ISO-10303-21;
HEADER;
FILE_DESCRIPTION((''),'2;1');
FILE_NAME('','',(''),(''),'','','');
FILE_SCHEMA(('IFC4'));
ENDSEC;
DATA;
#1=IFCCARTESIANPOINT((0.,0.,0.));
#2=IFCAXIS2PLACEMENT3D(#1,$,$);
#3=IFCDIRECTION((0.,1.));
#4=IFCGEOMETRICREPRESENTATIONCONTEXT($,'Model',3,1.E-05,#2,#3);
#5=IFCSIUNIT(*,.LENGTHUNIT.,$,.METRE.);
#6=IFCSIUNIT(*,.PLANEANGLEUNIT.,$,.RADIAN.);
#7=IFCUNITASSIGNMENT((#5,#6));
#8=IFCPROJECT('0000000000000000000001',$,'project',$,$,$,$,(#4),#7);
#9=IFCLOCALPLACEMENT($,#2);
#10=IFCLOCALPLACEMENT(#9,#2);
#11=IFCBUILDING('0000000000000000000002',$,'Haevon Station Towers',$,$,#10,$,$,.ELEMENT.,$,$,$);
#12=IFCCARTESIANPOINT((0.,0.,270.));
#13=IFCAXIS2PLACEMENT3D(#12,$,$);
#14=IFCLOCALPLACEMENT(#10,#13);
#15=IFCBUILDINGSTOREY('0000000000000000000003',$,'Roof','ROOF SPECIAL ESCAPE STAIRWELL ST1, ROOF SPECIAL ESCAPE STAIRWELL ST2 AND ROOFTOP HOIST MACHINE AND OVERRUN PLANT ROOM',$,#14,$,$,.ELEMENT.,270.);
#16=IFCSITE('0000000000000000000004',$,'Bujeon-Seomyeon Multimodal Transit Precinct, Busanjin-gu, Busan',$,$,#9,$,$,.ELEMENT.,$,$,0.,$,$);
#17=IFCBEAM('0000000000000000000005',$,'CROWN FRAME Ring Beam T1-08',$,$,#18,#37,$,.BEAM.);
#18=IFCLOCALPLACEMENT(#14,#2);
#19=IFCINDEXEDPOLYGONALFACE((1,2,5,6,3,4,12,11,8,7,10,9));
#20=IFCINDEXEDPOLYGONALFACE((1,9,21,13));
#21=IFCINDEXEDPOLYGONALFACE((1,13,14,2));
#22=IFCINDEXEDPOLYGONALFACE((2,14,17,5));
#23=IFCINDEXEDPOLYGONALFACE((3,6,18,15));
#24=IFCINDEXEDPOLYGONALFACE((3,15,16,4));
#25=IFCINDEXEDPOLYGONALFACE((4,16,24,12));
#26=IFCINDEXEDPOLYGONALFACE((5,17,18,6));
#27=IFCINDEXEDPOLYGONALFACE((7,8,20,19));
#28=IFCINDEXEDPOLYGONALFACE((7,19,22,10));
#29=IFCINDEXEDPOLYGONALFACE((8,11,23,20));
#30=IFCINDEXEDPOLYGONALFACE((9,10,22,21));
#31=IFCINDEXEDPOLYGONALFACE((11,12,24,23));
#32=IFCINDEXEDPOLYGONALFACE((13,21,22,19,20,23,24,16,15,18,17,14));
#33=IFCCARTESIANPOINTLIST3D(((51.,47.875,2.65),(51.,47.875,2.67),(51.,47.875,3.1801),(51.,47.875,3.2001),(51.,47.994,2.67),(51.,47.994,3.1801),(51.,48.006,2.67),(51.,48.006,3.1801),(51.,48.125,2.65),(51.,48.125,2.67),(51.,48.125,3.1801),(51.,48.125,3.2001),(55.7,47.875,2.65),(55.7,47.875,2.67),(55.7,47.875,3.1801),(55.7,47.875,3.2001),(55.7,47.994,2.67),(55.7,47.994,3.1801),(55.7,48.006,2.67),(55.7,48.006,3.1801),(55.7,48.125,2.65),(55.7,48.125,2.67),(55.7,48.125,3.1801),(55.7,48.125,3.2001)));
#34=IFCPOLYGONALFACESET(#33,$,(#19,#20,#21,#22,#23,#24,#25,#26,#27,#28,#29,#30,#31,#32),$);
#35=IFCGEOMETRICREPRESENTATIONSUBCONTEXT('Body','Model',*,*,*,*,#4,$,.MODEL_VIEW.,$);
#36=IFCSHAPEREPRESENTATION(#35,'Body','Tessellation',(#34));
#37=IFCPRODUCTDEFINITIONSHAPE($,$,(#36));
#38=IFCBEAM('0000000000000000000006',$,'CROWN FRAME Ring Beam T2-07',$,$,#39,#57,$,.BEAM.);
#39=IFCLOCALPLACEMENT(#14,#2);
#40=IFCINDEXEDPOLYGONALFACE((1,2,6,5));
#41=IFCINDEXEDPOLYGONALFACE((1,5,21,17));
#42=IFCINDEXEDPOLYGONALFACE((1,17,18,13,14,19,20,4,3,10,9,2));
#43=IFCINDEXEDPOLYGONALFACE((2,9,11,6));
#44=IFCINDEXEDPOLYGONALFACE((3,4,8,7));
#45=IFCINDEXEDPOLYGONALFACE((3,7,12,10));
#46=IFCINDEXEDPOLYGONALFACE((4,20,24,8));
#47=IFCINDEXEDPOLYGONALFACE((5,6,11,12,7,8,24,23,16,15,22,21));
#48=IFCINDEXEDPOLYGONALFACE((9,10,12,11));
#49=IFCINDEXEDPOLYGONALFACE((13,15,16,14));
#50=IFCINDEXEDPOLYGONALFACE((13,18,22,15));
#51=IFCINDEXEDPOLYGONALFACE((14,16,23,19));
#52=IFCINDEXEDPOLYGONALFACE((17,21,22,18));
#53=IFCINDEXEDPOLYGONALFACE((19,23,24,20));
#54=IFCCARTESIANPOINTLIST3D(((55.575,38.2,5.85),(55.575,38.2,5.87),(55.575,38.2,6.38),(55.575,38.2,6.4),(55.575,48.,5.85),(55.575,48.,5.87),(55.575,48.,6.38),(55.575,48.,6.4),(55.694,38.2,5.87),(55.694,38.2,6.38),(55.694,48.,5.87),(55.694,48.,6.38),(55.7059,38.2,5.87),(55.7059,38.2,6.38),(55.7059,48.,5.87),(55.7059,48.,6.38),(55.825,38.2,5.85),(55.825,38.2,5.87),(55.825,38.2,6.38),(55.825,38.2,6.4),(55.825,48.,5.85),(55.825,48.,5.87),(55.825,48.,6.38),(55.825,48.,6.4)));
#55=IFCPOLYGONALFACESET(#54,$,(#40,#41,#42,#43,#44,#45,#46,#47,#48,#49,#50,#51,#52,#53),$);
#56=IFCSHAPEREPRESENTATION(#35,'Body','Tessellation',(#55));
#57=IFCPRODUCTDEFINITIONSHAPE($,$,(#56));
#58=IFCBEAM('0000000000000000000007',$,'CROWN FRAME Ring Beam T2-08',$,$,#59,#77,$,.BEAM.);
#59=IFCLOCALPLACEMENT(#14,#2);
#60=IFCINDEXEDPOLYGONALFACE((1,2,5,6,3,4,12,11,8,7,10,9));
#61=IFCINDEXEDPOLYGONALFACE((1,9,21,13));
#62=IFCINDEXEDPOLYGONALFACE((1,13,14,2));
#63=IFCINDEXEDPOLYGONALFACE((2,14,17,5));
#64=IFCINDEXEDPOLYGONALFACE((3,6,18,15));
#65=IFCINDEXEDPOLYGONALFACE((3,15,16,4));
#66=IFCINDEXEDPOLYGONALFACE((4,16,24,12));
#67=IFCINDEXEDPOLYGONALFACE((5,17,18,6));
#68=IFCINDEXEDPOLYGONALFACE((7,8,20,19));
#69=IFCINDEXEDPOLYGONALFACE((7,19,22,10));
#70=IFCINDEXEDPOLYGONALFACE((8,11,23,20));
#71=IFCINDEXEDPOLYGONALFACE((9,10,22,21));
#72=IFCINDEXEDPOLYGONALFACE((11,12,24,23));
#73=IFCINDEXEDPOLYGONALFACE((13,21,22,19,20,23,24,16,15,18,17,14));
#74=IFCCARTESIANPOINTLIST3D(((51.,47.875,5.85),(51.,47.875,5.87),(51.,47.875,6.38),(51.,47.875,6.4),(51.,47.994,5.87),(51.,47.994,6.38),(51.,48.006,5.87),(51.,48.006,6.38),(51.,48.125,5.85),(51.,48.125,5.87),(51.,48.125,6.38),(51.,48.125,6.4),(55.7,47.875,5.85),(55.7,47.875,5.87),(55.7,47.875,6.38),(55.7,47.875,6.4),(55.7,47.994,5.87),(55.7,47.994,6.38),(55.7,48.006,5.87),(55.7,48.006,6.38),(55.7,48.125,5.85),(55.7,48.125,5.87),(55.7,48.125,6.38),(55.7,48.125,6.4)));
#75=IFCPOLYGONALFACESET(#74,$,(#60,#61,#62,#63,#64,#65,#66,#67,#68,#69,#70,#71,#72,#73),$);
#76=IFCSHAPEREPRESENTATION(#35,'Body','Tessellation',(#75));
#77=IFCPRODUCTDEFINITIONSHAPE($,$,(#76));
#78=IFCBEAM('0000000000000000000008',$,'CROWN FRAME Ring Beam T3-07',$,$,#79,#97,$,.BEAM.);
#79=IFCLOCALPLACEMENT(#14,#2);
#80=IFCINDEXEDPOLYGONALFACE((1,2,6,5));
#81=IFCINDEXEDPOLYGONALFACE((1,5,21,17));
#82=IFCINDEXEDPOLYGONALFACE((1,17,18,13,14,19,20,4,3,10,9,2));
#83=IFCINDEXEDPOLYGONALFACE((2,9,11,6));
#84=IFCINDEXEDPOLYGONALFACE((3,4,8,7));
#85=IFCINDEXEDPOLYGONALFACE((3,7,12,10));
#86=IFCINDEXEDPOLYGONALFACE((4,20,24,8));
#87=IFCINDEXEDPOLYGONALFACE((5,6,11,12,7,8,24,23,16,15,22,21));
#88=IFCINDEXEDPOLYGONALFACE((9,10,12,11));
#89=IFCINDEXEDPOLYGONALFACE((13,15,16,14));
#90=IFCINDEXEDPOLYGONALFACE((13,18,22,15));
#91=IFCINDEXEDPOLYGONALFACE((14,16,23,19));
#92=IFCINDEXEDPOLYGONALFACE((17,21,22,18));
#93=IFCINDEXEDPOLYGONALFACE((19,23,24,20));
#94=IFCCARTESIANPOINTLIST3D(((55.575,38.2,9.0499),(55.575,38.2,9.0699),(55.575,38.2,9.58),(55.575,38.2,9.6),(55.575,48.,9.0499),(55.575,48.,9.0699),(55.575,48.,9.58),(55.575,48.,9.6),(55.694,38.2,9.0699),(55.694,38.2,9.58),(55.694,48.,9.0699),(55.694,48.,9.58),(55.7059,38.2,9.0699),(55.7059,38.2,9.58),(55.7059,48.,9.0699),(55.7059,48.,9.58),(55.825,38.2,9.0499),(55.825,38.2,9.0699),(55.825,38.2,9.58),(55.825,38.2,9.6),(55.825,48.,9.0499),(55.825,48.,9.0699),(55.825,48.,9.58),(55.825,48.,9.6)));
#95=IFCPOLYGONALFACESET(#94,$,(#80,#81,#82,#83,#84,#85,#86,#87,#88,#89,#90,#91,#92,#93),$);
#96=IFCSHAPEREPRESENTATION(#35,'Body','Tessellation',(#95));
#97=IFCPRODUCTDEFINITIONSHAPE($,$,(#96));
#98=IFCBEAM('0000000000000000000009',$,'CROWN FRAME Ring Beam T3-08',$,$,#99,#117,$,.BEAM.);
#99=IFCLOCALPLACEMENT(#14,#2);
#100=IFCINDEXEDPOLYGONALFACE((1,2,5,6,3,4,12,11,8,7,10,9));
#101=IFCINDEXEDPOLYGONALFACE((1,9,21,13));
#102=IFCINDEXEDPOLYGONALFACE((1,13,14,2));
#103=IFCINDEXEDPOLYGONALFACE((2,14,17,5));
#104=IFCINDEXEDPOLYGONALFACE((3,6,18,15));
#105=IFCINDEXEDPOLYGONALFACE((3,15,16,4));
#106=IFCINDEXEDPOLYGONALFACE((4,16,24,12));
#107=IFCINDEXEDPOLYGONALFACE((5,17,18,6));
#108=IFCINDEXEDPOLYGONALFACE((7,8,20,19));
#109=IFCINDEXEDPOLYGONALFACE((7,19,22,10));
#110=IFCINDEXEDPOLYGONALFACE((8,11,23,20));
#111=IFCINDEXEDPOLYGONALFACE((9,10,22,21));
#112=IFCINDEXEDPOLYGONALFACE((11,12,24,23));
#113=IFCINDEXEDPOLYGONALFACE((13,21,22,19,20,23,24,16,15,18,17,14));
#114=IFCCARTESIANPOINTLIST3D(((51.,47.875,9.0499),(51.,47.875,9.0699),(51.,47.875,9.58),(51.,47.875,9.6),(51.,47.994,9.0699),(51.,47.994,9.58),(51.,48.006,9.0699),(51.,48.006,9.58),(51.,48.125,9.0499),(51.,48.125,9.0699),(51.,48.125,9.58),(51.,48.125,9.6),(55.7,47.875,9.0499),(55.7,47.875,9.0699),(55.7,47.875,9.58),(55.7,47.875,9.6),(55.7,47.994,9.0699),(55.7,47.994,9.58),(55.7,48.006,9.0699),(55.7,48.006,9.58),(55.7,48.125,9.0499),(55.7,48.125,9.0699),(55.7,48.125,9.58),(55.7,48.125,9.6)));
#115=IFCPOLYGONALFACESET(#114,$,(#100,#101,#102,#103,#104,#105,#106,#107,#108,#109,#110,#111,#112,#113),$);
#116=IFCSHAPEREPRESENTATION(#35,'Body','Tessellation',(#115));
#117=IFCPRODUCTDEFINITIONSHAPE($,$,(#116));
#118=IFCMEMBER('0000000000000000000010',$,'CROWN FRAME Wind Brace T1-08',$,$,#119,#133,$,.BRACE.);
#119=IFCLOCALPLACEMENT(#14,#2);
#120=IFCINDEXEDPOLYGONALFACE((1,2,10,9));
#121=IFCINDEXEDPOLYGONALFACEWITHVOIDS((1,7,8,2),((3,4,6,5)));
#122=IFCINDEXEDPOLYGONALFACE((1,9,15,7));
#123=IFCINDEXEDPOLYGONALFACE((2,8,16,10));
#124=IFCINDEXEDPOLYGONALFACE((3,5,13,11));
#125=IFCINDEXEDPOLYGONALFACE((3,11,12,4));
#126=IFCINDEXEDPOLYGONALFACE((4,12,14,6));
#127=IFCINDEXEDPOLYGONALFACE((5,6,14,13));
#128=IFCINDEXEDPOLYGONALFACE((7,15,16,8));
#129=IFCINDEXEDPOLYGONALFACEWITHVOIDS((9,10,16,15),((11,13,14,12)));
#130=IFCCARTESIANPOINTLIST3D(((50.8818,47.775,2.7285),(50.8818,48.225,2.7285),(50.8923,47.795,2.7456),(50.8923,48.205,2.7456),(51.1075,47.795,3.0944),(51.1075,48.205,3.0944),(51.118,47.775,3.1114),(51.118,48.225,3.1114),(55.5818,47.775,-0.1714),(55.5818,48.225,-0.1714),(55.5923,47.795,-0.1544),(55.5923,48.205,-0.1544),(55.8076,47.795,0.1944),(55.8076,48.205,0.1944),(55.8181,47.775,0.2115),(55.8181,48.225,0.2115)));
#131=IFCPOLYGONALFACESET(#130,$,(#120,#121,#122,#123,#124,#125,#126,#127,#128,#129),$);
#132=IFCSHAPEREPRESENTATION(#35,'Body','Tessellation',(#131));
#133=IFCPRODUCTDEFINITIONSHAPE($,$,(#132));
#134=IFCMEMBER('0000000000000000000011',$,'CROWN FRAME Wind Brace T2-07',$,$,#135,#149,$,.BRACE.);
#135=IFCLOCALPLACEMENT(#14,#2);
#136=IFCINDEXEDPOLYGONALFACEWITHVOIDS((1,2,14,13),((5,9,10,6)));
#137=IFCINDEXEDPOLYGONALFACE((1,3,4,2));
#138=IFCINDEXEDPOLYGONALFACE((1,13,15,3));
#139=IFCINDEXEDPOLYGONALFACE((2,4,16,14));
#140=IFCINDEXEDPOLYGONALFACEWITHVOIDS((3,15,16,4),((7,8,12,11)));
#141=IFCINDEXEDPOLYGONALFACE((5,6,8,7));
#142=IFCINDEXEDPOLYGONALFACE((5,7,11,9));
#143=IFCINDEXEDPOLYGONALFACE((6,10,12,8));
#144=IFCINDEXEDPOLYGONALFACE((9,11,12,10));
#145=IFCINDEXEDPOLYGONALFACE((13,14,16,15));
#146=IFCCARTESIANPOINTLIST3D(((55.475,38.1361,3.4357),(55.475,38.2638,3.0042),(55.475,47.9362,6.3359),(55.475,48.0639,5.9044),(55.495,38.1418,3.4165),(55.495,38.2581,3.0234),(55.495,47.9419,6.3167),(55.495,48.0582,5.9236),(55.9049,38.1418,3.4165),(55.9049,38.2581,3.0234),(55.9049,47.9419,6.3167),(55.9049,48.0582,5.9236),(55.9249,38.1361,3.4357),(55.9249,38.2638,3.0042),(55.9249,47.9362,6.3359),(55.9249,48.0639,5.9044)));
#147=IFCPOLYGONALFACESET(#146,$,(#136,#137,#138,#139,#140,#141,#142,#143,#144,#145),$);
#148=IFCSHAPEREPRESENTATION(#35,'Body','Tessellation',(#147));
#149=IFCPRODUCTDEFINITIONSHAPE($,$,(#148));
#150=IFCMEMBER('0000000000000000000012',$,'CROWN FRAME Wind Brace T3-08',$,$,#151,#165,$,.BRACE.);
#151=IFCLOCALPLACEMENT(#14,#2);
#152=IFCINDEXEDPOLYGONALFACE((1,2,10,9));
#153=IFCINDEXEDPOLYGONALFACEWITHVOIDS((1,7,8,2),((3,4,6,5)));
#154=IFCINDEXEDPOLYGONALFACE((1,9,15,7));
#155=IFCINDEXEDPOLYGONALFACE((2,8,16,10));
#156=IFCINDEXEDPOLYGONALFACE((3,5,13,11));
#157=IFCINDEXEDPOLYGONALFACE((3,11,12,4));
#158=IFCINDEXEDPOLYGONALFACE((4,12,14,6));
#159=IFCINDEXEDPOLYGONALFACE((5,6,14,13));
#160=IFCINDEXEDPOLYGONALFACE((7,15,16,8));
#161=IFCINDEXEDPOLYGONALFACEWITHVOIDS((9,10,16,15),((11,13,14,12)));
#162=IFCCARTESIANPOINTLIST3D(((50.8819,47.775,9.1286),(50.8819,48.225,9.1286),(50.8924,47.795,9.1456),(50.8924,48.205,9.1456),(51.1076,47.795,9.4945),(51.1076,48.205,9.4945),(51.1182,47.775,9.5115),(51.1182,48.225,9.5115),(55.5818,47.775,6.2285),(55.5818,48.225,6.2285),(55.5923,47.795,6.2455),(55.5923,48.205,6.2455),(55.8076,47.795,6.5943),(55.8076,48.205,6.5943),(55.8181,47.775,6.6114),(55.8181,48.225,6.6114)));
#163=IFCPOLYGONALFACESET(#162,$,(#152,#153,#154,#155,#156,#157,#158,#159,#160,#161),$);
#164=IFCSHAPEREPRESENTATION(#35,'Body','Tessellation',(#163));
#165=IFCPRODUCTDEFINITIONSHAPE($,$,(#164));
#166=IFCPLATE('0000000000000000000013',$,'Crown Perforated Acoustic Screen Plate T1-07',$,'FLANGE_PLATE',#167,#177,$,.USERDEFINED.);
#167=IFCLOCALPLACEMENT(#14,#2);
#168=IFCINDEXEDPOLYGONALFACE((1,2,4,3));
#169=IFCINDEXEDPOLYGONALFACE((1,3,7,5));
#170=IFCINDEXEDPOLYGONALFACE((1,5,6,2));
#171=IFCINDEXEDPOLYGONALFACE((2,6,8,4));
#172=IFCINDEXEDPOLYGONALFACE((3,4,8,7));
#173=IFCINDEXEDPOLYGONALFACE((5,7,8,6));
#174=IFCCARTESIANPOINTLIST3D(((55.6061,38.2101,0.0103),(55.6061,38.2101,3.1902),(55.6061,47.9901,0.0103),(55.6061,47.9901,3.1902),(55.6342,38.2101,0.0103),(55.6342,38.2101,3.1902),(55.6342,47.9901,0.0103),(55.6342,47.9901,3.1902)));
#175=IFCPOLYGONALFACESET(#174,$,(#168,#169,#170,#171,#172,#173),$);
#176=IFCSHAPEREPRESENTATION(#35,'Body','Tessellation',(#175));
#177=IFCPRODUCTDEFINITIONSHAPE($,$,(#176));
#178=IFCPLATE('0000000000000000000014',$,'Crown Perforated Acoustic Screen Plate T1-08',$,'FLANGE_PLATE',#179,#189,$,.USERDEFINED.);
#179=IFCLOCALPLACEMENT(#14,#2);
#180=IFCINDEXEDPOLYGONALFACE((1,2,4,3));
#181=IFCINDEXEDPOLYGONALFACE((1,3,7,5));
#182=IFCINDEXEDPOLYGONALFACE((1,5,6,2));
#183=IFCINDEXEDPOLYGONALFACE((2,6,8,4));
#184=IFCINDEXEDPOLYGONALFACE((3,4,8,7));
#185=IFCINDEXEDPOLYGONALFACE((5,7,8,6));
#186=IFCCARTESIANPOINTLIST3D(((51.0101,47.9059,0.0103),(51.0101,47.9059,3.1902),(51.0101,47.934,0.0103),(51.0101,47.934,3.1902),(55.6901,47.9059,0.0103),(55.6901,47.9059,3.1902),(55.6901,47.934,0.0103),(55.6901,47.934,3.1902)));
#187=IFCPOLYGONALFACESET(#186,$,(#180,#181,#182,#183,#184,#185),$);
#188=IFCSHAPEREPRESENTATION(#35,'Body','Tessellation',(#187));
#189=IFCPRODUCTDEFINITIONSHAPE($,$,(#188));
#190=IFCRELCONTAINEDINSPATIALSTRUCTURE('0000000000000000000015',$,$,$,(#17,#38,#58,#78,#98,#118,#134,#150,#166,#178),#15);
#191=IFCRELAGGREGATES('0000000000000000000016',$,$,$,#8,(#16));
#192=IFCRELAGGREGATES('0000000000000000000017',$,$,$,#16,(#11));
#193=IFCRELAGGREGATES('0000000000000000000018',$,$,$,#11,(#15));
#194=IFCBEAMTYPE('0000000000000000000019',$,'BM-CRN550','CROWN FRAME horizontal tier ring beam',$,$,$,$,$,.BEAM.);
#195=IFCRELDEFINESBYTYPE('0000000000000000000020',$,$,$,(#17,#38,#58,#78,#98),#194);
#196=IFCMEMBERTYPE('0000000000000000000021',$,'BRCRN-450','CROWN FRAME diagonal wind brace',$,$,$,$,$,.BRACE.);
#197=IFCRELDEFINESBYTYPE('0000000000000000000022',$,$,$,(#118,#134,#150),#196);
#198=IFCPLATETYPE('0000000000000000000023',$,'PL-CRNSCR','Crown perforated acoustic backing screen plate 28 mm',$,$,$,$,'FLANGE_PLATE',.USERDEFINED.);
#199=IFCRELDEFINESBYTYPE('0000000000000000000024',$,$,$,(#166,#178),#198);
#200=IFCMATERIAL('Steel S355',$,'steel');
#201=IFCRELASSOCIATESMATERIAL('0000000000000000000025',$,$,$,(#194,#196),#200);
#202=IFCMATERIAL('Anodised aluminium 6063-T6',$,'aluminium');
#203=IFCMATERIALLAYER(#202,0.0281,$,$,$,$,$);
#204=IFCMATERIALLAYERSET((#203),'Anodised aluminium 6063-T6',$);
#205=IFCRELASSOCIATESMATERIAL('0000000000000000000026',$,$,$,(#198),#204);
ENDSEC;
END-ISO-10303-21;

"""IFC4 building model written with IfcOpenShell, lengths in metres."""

from ifc_helpers import new_model, si_unit, direction, frame, origin, origin_2d, place, context, subcontext, project, spatial, rectangle, hollow_rectangle, i_section, extrude, material, layer, layer_set, material_profile, profile_set, type_object, element, save


model = new_model("IFC4")

# Units and contexts
model_context = context("Model", 3, precision=1e-05, world=origin(), true_north=direction((0.0, 1.0)))
body_context = subcontext(model_context, "Body", "Model", "MODEL_VIEW")
ifc_project = project(units=[si_unit("LENGTHUNIT", "METRE"), si_unit("PLANEANGLEUNIT", "RADIAN")], contexts=[model_context])

# Site, building, storey
site_placement = place(None, origin())
site = spatial("IfcSite", under=ifc_project, at=site_placement, Name="Bujeon-Seomyeon Multimodal Transit Precinct, Busanjin-gu, Busan", CompositionType="ELEMENT", RefElevation=0.0)
building_placement = place(site_placement, origin())
building = spatial("IfcBuilding", under=site, at=building_placement, Name="Haevon Station Towers", CompositionType="ELEMENT")
storey_placement = place(building_placement, frame((0.0, 0.0, 270.0)))
storey = spatial("IfcBuildingStorey", under=building, at=storey_placement, Name="Roof", Description="ROOF SPECIAL ESCAPE STAIRWELL ST1, ROOF SPECIAL ESCAPE STAIRWELL ST2 AND ROOFTOP HOIST MACHINE AND OVERRUN PLANT ROOM", CompositionType="ELEMENT", Elevation=270.0)

# Shared definitions
ifc_material_1 = material(Name="Steel S355", Category="steel")

# Beams
ifc_material_profile_1 = material_profile(ifc_material_1, i_section(OverallWidth=0.25, OverallDepth=0.55, WebThickness=0.012, FlangeThickness=0.02, at=origin_2d()), Name="H-550x250x12x20")
ifc_profile_set_1 = profile_set([ifc_material_profile_1], Name="Steel S355")
beam_type = type_object("IfcBeamType", Name="BM-CRN550", Description="CROWN FRAME horizontal tier ring beam", PredefinedType="BEAM", material=ifc_profile_set_1)
beam_1_placement = place(storey_placement, frame((55.7, 48.0, 2.925), z_axis=(-1.0, 0.0, 0.0), x_axis=(0.0, -1.0, 0.0)))
element("IfcBeam", 1, at=beam_1_placement, inside=storey, type_object=beam_type, Name="CROWN FRAME Ring Beam T1-08", PredefinedType="BEAM", context=body_context, shape_type="SweptSolid", body=[
    extrude(i_section(OverallWidth=0.25, OverallDepth=0.55, WebThickness=0.012, FlangeThickness=0.02, at=origin_2d()), origin(), (0.0, 0.0, 1.0), 4.7),
])
beam_2_placement = place(storey_placement, frame((55.7, 38.2, 6.125), z_axis=(0.0, 1.0, 0.0), x_axis=(-1.0, 0.0, 0.0)))
element("IfcBeam", 2, at=beam_2_placement, inside=storey, type_object=beam_type, Name="CROWN FRAME Ring Beam T2-07", PredefinedType="BEAM", context=body_context, shape_type="SweptSolid", body=[
    extrude(i_section(OverallWidth=0.25, OverallDepth=0.55, WebThickness=0.012, FlangeThickness=0.02, at=origin_2d()), origin(), (0.0, 0.0, 1.0), 9.8),
])
beam_3_placement = place(storey_placement, frame((55.7, 48.0, 6.125), z_axis=(-1.0, 0.0, 0.0), x_axis=(0.0, -1.0, 0.0)))
element("IfcBeam", 3, at=beam_3_placement, inside=storey, type_object=beam_type, Name="CROWN FRAME Ring Beam T2-08", PredefinedType="BEAM", context=body_context, shape_type="SweptSolid", body=[
    extrude(i_section(OverallWidth=0.25, OverallDepth=0.55, WebThickness=0.012, FlangeThickness=0.02, at=origin_2d()), origin(), (0.0, 0.0, 1.0), 4.7),
])
beam_4_placement = place(storey_placement, frame((55.7, 38.2, 9.325), z_axis=(0.0, 1.0, 0.0), x_axis=(-1.0, 0.0, 0.0)))
element("IfcBeam", 4, at=beam_4_placement, inside=storey, type_object=beam_type, Name="CROWN FRAME Ring Beam T3-07", PredefinedType="BEAM", context=body_context, shape_type="SweptSolid", body=[
    extrude(i_section(OverallWidth=0.25, OverallDepth=0.55, WebThickness=0.012, FlangeThickness=0.02, at=origin_2d()), origin(), (0.0, 0.0, 1.0), 9.8),
])
beam_5_placement = place(storey_placement, frame((55.7, 48.0, 9.325), z_axis=(-1.0, 0.0, 0.0), x_axis=(0.0, -1.0, 0.0)))
element("IfcBeam", 5, at=beam_5_placement, inside=storey, type_object=beam_type, Name="CROWN FRAME Ring Beam T3-08", PredefinedType="BEAM", context=body_context, shape_type="SweptSolid", body=[
    extrude(i_section(OverallWidth=0.25, OverallDepth=0.55, WebThickness=0.012, FlangeThickness=0.02, at=origin_2d()), origin(), (0.0, 0.0, 1.0), 4.7),
])

# Members
ifc_material_profile_2 = material_profile(ifc_material_1, hollow_rectangle(XDim=0.45, YDim=0.45, WallThickness=0.02, at=origin_2d()), Name="RHS-450x450x20")
ifc_profile_set_2 = profile_set([ifc_material_profile_2], Name="Steel S355")
member_type = type_object("IfcMemberType", Name="BRCRN-450", Description="CROWN FRAME diagonal wind brace", PredefinedType="BRACE", material=ifc_profile_set_2)
member_1_placement = place(storey_placement, frame((55.7, 48.0, 0.02), z_axis=(-0.851041, 0.0, 0.525098), x_axis=(0.0, -1.0, 0.0)))
element("IfcMember", 6, at=member_1_placement, inside=storey, type_object=member_type, Name="CROWN FRAME Wind Brace T1-08", PredefinedType="BRACE", context=body_context, shape_type="SweptSolid", body=[
    extrude(hollow_rectangle(XDim=0.45, YDim=0.45, WallThickness=0.02, at=origin_2d()), origin(), (0.0, 0.0, 1.0), 5.5227),
])
member_2_placement = place(storey_placement, frame((55.7, 38.2, 3.22), z_axis=(0.0, 0.958893, 0.283767), x_axis=(-1.0, 0.0, 0.0)))
element("IfcMember", 7, at=member_2_placement, inside=storey, type_object=member_type, Name="CROWN FRAME Wind Brace T2-07", PredefinedType="BRACE", context=body_context, shape_type="SweptSolid", body=[
    extrude(hollow_rectangle(XDim=0.45, YDim=0.45, WallThickness=0.02, at=origin_2d()), origin(), (0.0, 0.0, 1.0), 10.2202),
])
member_3_placement = place(storey_placement, frame((55.7, 48.0, 6.4199), z_axis=(-0.851022, 0.0, 0.52513), x_axis=(0.0, -1.0, 0.0)))
element("IfcMember", 8, at=member_3_placement, inside=storey, type_object=member_type, Name="CROWN FRAME Wind Brace T3-08", PredefinedType="BRACE", context=body_context, shape_type="SweptSolid", body=[
    extrude(hollow_rectangle(XDim=0.45, YDim=0.45, WallThickness=0.02, at=origin_2d()), origin(), (0.0, 0.0, 1.0), 5.5227),
])

# Plates
ifc_material_2 = material(Name="Anodised aluminium 6063-T6", Category="aluminium")
ifc_layer_1 = layer(ifc_material_2, 0.0281)
ifc_layer_set_1 = layer_set([ifc_layer_1], Name="Anodised aluminium 6063-T6")
plate_type_1 = type_object("IfcPlateType", Name="PL-CRNSCR", Description="Crown perforated acoustic backing screen plate 28 mm", ElementType="FLANGE_PLATE", PredefinedType="USERDEFINED", material=ifc_layer_set_1)
plate_1_placement = place(storey_placement, frame((55.6201, 43.1001, 0.0103), z_axis=(0.0, 0.0, 1.0), x_axis=(0.0, 1.0, 0.0)))
element("IfcPlate", 9, at=plate_1_placement, inside=storey, type_object=plate_type_1, Name="Crown Perforated Acoustic Screen Plate T1-07", ObjectType="FLANGE_PLATE", PredefinedType="USERDEFINED", context=body_context, shape_type="SweptSolid", body=[
    extrude(rectangle(XDim=9.78, YDim=0.0281, at=origin_2d()), origin(), (0.0, 0.0, 1.0), 3.1799),
])
plate_2_placement = place(storey_placement, frame((53.3501, 47.9199, 0.0103), z_axis=(0.0, 0.0, 1.0), x_axis=(-1.0, 0.0, 0.0)))
element("IfcPlate", 10, at=plate_2_placement, inside=storey, type_object=plate_type_1, Name="Crown Perforated Acoustic Screen Plate T1-08", ObjectType="FLANGE_PLATE", PredefinedType="USERDEFINED", context=body_context, shape_type="SweptSolid", body=[
    extrude(rectangle(XDim=4.6799, YDim=0.0281, at=origin_2d()), origin(), (0.0, 0.0, 1.0), 3.1799),
])

save(model, "model.ifc")
